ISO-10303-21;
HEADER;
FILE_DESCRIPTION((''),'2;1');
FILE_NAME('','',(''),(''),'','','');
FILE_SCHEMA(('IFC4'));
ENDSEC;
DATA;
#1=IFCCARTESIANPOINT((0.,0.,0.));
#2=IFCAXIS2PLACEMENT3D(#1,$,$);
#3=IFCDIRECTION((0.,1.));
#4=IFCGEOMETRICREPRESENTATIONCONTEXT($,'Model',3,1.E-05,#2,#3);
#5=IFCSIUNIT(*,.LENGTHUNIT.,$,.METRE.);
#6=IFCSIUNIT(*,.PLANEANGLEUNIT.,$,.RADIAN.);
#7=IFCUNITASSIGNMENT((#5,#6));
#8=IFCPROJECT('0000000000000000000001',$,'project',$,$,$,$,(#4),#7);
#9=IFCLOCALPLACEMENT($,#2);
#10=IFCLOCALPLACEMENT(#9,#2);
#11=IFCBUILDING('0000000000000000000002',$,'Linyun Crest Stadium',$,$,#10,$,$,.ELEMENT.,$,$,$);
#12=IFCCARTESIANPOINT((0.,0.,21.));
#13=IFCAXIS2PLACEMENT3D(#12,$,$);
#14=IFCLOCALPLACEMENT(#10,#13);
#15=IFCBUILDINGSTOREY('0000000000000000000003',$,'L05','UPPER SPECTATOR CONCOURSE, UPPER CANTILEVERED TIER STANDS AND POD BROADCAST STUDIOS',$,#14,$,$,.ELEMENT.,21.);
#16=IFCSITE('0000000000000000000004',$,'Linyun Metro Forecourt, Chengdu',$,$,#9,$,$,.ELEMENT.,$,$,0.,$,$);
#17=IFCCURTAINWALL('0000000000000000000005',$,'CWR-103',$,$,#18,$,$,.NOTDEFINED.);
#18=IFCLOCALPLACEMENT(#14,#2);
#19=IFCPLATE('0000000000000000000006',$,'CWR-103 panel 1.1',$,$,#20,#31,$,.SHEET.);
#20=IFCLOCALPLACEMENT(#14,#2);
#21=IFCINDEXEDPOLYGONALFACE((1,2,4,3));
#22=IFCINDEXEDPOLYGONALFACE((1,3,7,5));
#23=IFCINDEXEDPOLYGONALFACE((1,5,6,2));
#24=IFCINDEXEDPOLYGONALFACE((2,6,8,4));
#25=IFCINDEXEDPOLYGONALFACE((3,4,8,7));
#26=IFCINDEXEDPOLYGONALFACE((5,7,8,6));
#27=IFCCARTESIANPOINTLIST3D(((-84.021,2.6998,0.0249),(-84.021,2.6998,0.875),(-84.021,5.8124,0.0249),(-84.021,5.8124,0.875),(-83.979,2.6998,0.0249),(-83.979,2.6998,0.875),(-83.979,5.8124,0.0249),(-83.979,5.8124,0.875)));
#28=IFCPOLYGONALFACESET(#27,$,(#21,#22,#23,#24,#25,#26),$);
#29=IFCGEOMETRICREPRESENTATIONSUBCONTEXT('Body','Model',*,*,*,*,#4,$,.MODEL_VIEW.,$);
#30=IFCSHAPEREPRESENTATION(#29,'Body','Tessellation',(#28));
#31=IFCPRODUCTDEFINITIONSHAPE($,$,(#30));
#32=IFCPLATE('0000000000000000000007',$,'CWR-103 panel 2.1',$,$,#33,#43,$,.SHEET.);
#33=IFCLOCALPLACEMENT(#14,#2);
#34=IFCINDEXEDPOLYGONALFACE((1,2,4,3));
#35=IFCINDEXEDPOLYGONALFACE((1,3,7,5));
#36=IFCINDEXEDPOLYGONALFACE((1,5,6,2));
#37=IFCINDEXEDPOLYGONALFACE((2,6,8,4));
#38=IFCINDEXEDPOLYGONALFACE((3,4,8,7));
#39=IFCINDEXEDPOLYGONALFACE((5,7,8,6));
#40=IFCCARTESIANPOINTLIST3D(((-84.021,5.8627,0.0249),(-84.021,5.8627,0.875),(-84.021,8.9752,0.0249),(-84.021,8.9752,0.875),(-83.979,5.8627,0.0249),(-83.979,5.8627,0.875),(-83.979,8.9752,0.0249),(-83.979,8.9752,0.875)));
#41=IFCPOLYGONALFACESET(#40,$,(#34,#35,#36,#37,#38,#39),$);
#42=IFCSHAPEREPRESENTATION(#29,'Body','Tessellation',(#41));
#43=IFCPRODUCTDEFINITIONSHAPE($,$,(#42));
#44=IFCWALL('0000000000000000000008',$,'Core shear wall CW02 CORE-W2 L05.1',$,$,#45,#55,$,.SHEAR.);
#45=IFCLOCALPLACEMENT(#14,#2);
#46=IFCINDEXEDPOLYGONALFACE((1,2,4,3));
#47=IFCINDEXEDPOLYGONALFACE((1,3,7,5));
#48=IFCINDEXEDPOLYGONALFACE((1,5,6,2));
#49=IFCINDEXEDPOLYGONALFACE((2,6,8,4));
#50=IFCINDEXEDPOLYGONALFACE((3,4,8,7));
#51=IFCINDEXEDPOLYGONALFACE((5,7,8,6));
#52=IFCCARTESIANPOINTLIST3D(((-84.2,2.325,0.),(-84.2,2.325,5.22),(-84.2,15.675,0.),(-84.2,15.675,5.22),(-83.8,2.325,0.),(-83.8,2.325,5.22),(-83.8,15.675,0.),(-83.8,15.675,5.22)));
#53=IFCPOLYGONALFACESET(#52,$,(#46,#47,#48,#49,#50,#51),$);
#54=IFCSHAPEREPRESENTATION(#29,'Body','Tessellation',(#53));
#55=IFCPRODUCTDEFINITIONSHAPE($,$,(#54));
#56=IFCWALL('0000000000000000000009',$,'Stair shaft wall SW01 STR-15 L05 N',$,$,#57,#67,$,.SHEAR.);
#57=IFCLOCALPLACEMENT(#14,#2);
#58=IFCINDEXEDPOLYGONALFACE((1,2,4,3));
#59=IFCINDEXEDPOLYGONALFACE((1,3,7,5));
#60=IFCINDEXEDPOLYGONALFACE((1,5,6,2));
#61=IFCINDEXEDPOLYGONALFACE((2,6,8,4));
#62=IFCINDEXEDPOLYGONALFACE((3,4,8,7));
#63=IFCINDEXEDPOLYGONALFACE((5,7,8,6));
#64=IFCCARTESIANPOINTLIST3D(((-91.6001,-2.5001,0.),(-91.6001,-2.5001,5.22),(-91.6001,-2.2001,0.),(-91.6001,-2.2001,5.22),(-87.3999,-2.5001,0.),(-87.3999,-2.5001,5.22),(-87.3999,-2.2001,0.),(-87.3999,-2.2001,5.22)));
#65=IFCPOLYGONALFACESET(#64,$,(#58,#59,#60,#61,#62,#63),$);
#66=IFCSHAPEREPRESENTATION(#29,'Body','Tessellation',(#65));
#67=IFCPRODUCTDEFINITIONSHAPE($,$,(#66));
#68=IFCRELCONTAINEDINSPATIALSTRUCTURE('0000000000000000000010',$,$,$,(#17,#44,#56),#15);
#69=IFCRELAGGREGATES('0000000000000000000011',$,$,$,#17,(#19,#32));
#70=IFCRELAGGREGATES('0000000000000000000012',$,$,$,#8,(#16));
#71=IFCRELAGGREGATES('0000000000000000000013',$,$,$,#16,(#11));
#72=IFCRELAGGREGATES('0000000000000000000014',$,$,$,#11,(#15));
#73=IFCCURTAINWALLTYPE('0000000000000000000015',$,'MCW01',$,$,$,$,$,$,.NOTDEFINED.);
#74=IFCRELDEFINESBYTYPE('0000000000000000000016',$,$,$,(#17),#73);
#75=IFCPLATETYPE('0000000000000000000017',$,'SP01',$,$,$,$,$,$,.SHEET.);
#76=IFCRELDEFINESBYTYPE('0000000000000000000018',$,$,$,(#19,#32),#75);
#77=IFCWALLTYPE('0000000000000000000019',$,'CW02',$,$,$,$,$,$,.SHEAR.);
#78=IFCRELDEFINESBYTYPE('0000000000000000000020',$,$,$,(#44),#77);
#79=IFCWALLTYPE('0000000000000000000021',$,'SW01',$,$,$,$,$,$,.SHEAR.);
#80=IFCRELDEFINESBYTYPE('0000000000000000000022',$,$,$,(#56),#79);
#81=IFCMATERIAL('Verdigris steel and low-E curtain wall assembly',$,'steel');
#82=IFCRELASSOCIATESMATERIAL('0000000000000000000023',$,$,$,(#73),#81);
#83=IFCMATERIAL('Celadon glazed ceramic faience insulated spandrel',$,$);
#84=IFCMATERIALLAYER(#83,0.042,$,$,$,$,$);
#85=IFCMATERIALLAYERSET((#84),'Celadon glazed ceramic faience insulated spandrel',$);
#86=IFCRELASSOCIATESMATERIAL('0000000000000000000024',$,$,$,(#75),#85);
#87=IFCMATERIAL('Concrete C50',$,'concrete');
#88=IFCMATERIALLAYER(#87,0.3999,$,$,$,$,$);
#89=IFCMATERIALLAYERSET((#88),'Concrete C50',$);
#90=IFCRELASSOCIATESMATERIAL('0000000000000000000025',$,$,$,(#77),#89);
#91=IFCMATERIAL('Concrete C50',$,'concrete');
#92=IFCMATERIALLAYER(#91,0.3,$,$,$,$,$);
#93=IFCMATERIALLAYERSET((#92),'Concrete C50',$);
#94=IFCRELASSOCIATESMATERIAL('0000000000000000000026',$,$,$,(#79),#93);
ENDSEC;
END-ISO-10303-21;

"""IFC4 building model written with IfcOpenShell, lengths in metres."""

from ifc_helpers import new_model, si_unit, direction, frame, frame_2d, origin, origin_2d, place, context, subcontext, project, spatial, rectangle, extrude, material, layer, layer_set, type_object, element, aggregate, save


model = new_model("IFC4")

# Units and contexts
model_context = context("Model", 3, precision=1e-05, world=origin(), true_north=direction((0.0, 1.0)))
body_context = subcontext(model_context, "Body", "Model", "MODEL_VIEW")
ifc_project = project(units=[si_unit("LENGTHUNIT", "METRE"), si_unit("PLANEANGLEUNIT", "RADIAN")], contexts=[model_context])

# Site, building, storey
site_placement = place(None, origin())
site = spatial("IfcSite", under=ifc_project, at=site_placement, Name="Linyun Metro Forecourt, Chengdu", CompositionType="ELEMENT", RefElevation=0.0)
building_placement = place(site_placement, origin())
building = spatial("IfcBuilding", under=site, at=building_placement, Name="Linyun Crest Stadium", CompositionType="ELEMENT")
storey_placement = place(building_placement, frame((0.0, 0.0, 21.0)))
storey = spatial("IfcBuildingStorey", under=building, at=storey_placement, Name="L05", Description="UPPER SPECTATOR CONCOURSE, UPPER CANTILEVERED TIER STANDS AND POD BROADCAST STUDIOS", CompositionType="ELEMENT", Elevation=21.0)

# Curtain wall
ifc_material_1 = material(Name="Verdigris steel and low-E curtain wall assembly", Category="steel")
curtain_wall_type = type_object("IfcCurtainWallType", Name="MCW01", PredefinedType="NOTDEFINED", material=ifc_material_1)
curtain_wall_1_placement = place(storey_placement, origin())
curtain_wall_1 = element("IfcCurtainWall", 1, at=curtain_wall_1_placement, inside=storey, type_object=curtain_wall_type, Name="CWR-103", PredefinedType="NOTDEFINED")

# Plates
ifc_material_2 = material(Name="Celadon glazed ceramic faience insulated spandrel")
ifc_layer_1 = layer(ifc_material_2, 0.042)
ifc_layer_set_1 = layer_set([ifc_layer_1], Name="Celadon glazed ceramic faience insulated spandrel")
plate_type_1 = type_object("IfcPlateType", Name="SP01", PredefinedType="SHEET", material=ifc_layer_set_1)
plate_1_placement = place(storey_placement, frame((-84.0, 4.2561, 0.0249), z_axis=(0.0, 0.0, 1.0), x_axis=(0.0, 1.0, 0.0)))
plate_1 = element("IfcPlate", 2, at=plate_1_placement, type_object=plate_type_1, Name="CWR-103 panel 1.1", PredefinedType="SHEET", context=body_context, shape_type="SweptSolid", body=[
    extrude(rectangle(XDim=3.1125, YDim=0.042, at=origin_2d()), origin(), (0.0, 0.0, 1.0), 0.8501),
])
plate_2_placement = place(storey_placement, frame((-84.0, 7.4189, 0.0249), z_axis=(0.0, 0.0, 1.0), x_axis=(0.0, 1.0, 0.0)))
plate_2 = element("IfcPlate", 3, at=plate_2_placement, type_object=plate_type_1, Name="CWR-103 panel 2.1", PredefinedType="SHEET", context=body_context, shape_type="SweptSolid", body=[
    extrude(rectangle(XDim=3.1125, YDim=0.042, at=origin_2d()), origin(), (0.0, 0.0, 1.0), 0.8501),
])
aggregate(curtain_wall_1, [plate_1, plate_2])

# Walls
ifc_material_3 = material(Name="Concrete C50", Category="concrete")
ifc_layer_2 = layer(ifc_material_3, 0.3999)
ifc_layer_set_2 = layer_set([ifc_layer_2], Name="Concrete C50")
wall_type_1 = type_object("IfcWallType", Name="CW02", PredefinedType="SHEAR", material=ifc_layer_set_2)
wall_1_placement = place(storey_placement, frame((-84.0, 2.325, 0.0), z_axis=(0.0, 0.0, 1.0), x_axis=(0.0, 1.0, 0.0)))
element("IfcWall", 4, at=wall_1_placement, inside=storey, type_object=wall_type_1, Name="Core shear wall CW02 CORE-W2 L05.1", PredefinedType="SHEAR", context=body_context, shape_type="SweptSolid", body=[
    extrude(rectangle(XDim=13.3501, YDim=0.3999, at=frame_2d((6.675, 0.0))), origin(), (0.0, 0.0, 1.0), 5.22),
])
ifc_material_4 = material(Name="Concrete C50", Category="concrete")
ifc_layer_3 = layer(ifc_material_4, 0.3)
ifc_layer_set_3 = layer_set([ifc_layer_3], Name="Concrete C50")
wall_type_2 = type_object("IfcWallType", Name="SW01", PredefinedType="SHEAR", material=ifc_layer_set_3)
wall_2_placement = place(storey_placement, frame((-91.6001, -2.3501, 0.0), z_axis=(0.0, 0.0, 1.0), x_axis=(1.0, 0.0, 0.0)))
element("IfcWall", 5, at=wall_2_placement, inside=storey, type_object=wall_type_2, Name="Stair shaft wall SW01 STR-15 L05 N", PredefinedType="SHEAR", context=body_context, shape_type="SweptSolid", body=[
    extrude(rectangle(XDim=4.2002, YDim=0.3, at=frame_2d((2.1001, 0.0))), origin(), (0.0, 0.0, 1.0), 5.22),
])

save(model, "model.ifc")
